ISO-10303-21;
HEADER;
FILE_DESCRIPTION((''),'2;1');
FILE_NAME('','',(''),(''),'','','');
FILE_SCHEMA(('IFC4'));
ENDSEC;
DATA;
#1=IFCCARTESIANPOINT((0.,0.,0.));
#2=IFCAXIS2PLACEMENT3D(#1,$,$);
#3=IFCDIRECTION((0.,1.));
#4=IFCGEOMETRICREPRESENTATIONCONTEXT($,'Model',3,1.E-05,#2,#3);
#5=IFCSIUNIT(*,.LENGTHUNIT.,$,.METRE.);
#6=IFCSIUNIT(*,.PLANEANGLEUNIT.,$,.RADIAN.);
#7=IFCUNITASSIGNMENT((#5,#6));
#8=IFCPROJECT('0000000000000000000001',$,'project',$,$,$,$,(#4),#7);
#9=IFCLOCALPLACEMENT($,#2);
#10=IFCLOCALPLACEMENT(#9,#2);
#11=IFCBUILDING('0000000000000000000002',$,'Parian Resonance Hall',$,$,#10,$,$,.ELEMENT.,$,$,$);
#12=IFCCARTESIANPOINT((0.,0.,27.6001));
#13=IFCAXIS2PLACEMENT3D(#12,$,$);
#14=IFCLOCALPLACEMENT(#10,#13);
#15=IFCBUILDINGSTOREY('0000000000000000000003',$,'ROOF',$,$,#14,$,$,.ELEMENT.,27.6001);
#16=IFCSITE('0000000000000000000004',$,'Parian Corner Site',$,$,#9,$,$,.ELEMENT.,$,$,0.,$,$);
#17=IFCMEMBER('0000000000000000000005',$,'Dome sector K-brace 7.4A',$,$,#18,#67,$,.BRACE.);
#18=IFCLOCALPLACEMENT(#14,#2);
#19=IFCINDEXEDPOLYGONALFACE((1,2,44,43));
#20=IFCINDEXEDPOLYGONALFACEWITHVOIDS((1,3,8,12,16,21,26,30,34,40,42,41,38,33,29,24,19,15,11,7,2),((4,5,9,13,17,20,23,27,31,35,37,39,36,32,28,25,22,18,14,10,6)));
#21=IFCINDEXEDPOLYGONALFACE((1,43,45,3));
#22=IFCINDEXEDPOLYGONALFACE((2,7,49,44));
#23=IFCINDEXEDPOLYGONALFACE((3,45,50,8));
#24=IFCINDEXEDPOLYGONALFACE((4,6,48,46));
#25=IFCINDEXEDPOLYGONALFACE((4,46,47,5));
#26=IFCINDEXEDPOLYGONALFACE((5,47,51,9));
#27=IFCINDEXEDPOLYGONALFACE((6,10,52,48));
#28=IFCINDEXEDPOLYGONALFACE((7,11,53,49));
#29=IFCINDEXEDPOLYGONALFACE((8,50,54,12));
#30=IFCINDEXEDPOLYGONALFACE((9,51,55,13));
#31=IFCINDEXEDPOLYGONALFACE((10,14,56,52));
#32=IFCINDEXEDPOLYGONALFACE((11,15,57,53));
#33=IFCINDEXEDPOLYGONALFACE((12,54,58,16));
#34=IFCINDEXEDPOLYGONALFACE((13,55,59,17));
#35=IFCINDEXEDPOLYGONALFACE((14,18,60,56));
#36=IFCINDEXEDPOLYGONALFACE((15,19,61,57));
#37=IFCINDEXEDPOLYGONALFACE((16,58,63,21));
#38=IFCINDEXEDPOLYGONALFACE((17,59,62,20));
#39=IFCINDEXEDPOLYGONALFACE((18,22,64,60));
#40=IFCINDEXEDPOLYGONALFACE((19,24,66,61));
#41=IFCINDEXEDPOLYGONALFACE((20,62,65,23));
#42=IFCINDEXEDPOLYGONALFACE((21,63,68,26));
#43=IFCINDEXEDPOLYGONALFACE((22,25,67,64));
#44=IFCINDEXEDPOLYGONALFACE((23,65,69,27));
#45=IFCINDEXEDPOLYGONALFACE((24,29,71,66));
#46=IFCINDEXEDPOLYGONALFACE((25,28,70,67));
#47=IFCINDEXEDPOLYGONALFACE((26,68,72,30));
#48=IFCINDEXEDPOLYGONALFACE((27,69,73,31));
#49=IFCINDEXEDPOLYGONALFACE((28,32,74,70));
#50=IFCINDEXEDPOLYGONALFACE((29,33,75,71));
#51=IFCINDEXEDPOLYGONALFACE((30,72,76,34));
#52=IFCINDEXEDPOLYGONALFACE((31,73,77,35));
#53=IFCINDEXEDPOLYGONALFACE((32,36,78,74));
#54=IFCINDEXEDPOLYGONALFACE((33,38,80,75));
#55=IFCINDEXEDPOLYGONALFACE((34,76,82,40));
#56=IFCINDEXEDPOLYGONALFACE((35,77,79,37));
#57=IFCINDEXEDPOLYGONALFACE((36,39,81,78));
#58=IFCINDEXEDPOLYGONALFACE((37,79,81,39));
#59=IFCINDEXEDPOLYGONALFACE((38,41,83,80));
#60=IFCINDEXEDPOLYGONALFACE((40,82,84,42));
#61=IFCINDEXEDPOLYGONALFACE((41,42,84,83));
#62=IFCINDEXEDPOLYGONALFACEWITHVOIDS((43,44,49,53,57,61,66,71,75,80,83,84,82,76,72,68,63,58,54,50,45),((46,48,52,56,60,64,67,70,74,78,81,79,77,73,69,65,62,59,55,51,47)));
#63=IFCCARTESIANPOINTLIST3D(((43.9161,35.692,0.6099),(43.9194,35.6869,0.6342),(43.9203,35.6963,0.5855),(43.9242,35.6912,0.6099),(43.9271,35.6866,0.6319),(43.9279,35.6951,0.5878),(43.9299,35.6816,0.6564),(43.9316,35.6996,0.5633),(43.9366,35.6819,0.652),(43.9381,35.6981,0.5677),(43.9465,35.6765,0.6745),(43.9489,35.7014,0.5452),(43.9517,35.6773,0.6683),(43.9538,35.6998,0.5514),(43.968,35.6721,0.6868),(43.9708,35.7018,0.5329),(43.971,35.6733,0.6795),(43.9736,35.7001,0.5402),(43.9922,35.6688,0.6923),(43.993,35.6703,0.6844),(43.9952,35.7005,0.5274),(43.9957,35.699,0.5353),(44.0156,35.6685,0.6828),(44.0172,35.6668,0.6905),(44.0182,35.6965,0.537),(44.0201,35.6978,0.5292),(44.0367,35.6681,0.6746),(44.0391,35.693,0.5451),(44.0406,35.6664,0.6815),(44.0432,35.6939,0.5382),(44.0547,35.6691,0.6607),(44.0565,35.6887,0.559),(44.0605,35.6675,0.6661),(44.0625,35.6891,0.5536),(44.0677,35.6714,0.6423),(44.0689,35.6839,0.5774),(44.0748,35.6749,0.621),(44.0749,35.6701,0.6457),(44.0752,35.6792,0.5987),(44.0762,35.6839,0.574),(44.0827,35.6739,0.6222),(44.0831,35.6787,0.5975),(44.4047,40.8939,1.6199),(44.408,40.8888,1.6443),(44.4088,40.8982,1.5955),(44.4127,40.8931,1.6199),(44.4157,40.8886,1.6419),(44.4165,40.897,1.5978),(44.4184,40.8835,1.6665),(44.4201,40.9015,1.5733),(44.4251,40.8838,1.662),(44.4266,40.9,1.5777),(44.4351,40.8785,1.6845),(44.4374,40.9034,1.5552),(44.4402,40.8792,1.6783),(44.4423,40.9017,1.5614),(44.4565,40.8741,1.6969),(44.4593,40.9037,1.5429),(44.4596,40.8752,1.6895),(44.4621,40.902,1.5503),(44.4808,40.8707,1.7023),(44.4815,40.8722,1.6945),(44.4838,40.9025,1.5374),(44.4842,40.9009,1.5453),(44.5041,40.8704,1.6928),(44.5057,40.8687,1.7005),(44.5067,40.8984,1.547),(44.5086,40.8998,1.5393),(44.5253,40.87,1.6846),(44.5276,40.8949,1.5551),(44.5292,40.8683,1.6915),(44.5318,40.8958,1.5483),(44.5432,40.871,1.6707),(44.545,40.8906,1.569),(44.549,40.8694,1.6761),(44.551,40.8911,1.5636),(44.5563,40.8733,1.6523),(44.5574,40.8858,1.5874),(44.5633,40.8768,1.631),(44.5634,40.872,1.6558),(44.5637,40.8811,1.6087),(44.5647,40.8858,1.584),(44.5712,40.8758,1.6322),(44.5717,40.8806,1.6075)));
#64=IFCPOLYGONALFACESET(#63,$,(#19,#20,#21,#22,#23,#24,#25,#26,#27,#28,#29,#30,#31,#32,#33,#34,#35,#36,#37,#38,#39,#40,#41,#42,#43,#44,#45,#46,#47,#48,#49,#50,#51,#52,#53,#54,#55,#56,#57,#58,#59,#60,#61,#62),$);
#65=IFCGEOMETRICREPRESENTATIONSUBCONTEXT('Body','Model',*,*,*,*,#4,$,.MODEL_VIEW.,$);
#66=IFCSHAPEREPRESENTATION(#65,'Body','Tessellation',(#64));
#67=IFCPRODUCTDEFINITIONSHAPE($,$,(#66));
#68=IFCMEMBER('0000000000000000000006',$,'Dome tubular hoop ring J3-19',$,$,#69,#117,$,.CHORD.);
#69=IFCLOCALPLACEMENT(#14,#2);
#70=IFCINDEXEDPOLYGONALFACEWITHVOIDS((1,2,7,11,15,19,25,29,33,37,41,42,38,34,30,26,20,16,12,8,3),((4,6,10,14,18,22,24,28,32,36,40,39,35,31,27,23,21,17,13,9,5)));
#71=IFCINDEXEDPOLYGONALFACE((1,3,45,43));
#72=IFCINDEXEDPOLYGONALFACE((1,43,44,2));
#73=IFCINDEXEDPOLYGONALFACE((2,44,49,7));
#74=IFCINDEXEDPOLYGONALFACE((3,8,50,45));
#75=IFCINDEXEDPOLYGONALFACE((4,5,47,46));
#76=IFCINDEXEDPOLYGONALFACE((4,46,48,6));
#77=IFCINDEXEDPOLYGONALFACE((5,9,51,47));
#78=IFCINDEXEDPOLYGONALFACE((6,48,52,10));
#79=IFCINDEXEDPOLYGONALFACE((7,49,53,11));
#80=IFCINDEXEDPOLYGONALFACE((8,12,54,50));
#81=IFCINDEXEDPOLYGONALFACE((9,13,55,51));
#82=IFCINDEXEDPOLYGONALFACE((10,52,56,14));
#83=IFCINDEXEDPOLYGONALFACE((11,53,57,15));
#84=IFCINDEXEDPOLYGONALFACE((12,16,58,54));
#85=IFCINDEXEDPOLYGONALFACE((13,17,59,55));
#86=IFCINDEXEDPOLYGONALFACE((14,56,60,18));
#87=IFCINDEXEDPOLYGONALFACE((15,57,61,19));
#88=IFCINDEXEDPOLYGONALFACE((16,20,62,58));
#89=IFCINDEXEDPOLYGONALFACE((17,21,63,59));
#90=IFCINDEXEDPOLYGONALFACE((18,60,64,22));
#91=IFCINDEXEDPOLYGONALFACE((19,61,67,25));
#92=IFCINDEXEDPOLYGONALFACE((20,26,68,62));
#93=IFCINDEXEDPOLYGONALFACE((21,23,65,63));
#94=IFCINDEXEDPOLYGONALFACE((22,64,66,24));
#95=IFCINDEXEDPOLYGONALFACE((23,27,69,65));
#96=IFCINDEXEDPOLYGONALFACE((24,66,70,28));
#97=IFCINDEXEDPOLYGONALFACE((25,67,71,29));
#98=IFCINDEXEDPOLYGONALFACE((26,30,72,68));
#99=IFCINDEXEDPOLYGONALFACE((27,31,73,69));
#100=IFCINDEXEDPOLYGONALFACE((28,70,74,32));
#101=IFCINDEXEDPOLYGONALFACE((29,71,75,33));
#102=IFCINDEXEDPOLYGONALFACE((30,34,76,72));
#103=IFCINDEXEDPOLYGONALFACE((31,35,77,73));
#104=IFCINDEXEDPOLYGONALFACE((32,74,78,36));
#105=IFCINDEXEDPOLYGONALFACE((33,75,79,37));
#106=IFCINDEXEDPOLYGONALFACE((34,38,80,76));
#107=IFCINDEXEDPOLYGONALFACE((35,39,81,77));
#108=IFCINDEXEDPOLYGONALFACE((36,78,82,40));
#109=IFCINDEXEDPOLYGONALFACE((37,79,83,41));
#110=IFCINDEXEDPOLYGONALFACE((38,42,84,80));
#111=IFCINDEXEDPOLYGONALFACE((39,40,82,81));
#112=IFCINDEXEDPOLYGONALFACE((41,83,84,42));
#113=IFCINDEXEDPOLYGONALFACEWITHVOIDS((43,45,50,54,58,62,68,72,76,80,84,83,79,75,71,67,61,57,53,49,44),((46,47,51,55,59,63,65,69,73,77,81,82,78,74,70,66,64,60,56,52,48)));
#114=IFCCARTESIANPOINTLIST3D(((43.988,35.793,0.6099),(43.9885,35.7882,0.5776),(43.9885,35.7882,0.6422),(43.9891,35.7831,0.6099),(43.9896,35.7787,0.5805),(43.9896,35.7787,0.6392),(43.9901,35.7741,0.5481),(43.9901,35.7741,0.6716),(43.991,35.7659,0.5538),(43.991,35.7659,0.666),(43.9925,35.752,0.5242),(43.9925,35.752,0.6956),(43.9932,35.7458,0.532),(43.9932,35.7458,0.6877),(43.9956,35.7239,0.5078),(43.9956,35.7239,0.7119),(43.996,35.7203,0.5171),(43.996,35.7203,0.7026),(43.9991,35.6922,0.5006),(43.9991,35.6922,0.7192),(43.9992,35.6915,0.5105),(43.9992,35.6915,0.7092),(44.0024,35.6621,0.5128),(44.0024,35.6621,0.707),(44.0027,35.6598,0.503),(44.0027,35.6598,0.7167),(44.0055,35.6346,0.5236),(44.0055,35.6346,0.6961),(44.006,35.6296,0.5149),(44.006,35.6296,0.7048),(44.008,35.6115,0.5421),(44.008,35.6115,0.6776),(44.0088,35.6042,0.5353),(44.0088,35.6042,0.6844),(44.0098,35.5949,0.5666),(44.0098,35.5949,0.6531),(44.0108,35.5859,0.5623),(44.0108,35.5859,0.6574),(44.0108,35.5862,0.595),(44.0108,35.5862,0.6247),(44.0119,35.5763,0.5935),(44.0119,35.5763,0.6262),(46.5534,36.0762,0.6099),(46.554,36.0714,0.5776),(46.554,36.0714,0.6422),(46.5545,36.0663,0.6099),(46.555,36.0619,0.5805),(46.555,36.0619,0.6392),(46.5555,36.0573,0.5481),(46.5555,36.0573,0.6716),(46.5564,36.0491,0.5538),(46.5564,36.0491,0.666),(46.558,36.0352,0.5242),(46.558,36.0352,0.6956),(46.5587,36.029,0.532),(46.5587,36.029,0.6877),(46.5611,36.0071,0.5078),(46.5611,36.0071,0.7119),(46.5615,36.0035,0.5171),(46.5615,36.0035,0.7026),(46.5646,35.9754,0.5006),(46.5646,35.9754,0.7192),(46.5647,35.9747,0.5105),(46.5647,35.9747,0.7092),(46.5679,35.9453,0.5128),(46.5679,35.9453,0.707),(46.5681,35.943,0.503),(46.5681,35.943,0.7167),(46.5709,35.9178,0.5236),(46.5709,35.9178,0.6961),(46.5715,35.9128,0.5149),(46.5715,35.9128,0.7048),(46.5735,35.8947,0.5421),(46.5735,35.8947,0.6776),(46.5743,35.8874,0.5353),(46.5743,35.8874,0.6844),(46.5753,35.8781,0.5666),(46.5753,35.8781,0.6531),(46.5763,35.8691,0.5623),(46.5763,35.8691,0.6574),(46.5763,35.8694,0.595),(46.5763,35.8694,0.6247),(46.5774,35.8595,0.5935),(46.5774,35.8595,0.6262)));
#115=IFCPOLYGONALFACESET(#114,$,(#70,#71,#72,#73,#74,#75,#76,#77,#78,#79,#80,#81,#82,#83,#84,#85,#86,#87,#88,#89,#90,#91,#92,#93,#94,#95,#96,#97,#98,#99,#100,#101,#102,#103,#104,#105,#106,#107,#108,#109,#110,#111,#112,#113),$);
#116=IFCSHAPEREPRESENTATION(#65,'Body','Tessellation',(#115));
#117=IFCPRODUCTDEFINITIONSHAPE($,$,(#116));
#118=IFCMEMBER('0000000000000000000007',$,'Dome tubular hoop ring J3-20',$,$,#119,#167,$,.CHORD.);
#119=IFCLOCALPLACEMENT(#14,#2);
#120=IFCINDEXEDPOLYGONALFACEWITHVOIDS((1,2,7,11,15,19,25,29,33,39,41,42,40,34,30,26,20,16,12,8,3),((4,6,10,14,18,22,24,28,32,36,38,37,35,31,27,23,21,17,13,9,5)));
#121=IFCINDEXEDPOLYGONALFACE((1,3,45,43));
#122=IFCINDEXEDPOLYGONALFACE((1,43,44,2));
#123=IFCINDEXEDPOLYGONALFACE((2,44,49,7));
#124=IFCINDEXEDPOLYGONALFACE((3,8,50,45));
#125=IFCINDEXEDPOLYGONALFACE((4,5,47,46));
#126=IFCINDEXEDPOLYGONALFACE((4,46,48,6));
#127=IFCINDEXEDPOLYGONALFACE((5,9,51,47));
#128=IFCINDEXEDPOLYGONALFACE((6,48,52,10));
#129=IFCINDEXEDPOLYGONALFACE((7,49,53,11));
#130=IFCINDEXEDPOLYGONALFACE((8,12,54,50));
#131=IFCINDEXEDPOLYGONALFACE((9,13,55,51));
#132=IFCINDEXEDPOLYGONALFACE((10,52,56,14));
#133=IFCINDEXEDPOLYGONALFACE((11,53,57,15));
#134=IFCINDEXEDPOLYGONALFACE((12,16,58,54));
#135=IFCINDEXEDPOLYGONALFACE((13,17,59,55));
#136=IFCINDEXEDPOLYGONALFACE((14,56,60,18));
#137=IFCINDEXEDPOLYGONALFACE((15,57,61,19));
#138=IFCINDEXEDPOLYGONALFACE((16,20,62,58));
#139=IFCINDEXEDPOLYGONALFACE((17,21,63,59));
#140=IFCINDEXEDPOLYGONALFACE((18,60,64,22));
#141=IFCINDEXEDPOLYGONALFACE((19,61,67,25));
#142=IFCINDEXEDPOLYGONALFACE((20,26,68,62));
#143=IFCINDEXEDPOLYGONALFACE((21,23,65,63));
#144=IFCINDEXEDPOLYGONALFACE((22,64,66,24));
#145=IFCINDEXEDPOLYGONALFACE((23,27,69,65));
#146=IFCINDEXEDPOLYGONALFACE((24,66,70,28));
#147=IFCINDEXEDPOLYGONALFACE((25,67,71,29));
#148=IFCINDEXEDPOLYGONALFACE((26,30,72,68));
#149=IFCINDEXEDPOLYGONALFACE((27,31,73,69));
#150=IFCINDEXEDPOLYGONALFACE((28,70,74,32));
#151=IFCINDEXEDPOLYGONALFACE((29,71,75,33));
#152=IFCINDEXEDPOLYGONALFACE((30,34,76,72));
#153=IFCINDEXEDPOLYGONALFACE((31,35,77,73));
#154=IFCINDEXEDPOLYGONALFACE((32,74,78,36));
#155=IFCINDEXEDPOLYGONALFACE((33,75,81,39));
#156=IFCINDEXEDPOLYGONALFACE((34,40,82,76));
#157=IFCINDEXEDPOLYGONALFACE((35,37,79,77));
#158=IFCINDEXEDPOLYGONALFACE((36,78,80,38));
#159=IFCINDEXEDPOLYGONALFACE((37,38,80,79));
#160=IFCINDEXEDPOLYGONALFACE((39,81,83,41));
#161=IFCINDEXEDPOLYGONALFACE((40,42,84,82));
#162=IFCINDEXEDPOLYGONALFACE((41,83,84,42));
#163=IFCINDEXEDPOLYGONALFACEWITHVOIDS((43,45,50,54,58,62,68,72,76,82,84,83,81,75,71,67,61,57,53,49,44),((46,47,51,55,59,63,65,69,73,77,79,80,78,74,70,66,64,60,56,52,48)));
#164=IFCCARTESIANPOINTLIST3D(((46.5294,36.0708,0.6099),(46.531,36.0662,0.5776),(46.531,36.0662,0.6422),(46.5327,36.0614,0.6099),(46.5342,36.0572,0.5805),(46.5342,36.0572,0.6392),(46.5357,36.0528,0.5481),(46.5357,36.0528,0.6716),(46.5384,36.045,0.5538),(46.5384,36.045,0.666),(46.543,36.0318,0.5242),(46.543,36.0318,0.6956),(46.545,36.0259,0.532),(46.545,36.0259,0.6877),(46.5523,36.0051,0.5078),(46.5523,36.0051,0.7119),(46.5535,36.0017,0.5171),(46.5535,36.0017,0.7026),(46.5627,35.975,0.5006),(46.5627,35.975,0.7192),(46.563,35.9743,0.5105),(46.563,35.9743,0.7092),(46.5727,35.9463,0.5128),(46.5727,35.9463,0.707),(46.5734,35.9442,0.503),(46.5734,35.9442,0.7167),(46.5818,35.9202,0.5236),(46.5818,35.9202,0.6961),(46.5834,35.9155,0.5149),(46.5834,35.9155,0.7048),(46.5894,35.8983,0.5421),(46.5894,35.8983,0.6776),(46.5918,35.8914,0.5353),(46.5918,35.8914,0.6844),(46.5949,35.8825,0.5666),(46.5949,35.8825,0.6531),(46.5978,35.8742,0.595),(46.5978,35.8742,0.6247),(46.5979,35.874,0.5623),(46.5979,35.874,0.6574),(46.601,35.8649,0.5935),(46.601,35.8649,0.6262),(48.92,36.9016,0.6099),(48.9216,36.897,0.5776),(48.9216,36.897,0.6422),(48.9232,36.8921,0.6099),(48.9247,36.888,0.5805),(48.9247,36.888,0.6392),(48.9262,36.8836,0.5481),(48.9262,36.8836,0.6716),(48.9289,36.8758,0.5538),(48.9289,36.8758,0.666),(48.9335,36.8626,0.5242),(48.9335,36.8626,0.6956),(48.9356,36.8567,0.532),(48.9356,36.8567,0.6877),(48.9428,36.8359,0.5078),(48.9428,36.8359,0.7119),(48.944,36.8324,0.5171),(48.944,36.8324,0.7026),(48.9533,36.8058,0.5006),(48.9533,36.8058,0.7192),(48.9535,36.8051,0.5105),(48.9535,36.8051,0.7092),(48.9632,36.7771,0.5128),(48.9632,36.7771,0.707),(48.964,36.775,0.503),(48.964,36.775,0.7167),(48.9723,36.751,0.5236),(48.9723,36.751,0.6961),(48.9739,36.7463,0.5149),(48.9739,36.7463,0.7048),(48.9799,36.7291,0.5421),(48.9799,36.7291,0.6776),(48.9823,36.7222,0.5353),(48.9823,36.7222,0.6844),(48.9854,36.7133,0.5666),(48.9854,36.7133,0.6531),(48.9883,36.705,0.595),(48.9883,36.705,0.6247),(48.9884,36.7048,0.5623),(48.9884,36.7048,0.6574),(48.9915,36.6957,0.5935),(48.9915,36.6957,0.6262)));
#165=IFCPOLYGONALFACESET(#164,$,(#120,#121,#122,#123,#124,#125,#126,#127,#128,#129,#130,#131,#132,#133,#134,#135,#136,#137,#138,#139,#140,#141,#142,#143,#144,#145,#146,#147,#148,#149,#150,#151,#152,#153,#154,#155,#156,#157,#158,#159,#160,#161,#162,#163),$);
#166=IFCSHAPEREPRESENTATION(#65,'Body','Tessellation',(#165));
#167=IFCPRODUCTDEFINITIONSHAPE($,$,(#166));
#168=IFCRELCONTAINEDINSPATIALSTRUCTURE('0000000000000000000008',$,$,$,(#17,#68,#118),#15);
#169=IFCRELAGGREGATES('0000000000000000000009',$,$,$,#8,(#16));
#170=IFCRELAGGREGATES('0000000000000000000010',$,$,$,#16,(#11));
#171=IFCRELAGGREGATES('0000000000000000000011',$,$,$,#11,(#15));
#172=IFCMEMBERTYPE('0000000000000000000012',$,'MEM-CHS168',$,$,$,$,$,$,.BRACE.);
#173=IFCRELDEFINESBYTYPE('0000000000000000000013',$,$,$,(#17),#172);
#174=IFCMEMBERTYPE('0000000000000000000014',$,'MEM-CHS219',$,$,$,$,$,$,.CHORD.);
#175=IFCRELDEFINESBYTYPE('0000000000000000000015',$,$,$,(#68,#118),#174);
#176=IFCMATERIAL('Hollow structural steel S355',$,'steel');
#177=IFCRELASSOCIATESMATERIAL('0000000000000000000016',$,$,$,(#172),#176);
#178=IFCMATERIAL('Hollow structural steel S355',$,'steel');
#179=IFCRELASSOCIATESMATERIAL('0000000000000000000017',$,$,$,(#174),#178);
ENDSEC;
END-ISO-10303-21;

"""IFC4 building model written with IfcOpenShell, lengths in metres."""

from ifc_helpers import new_model, si_unit, direction, frame, origin, origin_2d, place, context, subcontext, project, spatial, hollow_circle, extrude, material, material_profile, profile_set, type_object, element, save


model = new_model("IFC4")

# Units and contexts
model_context = context("Model", 3, precision=1e-05, world=origin(), true_north=direction((0.0, 1.0)))
body_context = subcontext(model_context, "Body", "Model", "MODEL_VIEW")
ifc_project = project(units=[si_unit("LENGTHUNIT", "METRE"), si_unit("PLANEANGLEUNIT", "RADIAN")], contexts=[model_context])

# Site, building, storey
site_placement = place(None, origin())
site = spatial("IfcSite", under=ifc_project, at=site_placement, Name="Parian Corner Site", CompositionType="ELEMENT", RefElevation=0.0)
building_placement = place(site_placement, origin())
building = spatial("IfcBuilding", under=site, at=building_placement, Name="Parian Resonance Hall", CompositionType="ELEMENT")
storey_placement = place(building_placement, frame((0.0, 0.0, 27.6001)))
storey = spatial("IfcBuildingStorey", under=building, at=storey_placement, Name="ROOF", CompositionType="ELEMENT", Elevation=27.6001)

# Members
ifc_material_1 = material(Name="Hollow structural steel S355", Category="steel")
ifc_material_profile_1 = material_profile(ifc_material_1, hollow_circle(Radius=0.0842, WallThickness=0.0081, at=origin_2d()), Name="CHS168.3x8")
ifc_profile_set_1 = profile_set([ifc_material_profile_1], Name="Hollow structural steel S355")
member_type_1 = type_object("IfcMemberType", Name="MEM-CHS168", PredefinedType="BRACE", material=ifc_profile_set_1)
member_1_placement = place(storey_placement, frame((44.0, 35.6841, 0.6099), z_axis=(0.091802, 0.977522, 0.189797), x_axis=(-0.995619, 0.093501, 0.0)))
element("IfcMember", 1, at=member_1_placement, inside=storey, type_object=member_type_1, Name="Dome sector K-brace 7.4A", PredefinedType="BRACE", context=body_context, shape_type="SweptSolid", body=[
    extrude(hollow_circle(Radius=0.0842, WallThickness=0.0081, at=origin_2d()), origin(), (0.0, 0.0, 1.0), 5.3215),
])
ifc_material_2 = material(Name="Hollow structural steel S355", Category="steel")
ifc_material_profile_2 = material_profile(ifc_material_2, hollow_circle(Radius=0.1096, WallThickness=0.01, at=origin_2d()), Name="CHS219.1x10")
ifc_profile_set_2 = profile_set([ifc_material_profile_2], Name="Hollow structural steel S355")
member_type_2 = type_object("IfcMemberType", Name="MEM-CHS219", PredefinedType="CHORD", material=ifc_profile_set_2)
member_2_placement = place(storey_placement, frame((44.0, 35.6841, 0.6099), z_axis=(0.993962, 0.109726, 0.0), x_axis=(-0.109726, 0.993962, 0.0)))
element("IfcMember", 2, at=member_2_placement, inside=storey, type_object=member_type_2, Name="Dome tubular hoop ring J3-19", PredefinedType="CHORD", context=body_context, shape_type="SweptSolid", body=[
    extrude(hollow_circle(Radius=0.1096, WallThickness=0.01, at=origin_2d()), origin(), (0.0, 0.0, 1.0), 2.5811),
])
member_3_placement = place(storey_placement, frame((46.5654, 35.9673, 0.6099), z_axis=(0.944584, 0.32827, 0.0), x_axis=(-0.32827, 0.944584, 0.0)))
element("IfcMember", 3, at=member_3_placement, inside=storey, type_object=member_type_2, Name="Dome tubular hoop ring J3-20", PredefinedType="CHORD", context=body_context, shape_type="SweptSolid", body=[
    extrude(hollow_circle(Radius=0.1096, WallThickness=0.01, at=origin_2d()), origin(), (0.0, 0.0, 1.0), 2.5308),
])

save(model, "model.ifc")
